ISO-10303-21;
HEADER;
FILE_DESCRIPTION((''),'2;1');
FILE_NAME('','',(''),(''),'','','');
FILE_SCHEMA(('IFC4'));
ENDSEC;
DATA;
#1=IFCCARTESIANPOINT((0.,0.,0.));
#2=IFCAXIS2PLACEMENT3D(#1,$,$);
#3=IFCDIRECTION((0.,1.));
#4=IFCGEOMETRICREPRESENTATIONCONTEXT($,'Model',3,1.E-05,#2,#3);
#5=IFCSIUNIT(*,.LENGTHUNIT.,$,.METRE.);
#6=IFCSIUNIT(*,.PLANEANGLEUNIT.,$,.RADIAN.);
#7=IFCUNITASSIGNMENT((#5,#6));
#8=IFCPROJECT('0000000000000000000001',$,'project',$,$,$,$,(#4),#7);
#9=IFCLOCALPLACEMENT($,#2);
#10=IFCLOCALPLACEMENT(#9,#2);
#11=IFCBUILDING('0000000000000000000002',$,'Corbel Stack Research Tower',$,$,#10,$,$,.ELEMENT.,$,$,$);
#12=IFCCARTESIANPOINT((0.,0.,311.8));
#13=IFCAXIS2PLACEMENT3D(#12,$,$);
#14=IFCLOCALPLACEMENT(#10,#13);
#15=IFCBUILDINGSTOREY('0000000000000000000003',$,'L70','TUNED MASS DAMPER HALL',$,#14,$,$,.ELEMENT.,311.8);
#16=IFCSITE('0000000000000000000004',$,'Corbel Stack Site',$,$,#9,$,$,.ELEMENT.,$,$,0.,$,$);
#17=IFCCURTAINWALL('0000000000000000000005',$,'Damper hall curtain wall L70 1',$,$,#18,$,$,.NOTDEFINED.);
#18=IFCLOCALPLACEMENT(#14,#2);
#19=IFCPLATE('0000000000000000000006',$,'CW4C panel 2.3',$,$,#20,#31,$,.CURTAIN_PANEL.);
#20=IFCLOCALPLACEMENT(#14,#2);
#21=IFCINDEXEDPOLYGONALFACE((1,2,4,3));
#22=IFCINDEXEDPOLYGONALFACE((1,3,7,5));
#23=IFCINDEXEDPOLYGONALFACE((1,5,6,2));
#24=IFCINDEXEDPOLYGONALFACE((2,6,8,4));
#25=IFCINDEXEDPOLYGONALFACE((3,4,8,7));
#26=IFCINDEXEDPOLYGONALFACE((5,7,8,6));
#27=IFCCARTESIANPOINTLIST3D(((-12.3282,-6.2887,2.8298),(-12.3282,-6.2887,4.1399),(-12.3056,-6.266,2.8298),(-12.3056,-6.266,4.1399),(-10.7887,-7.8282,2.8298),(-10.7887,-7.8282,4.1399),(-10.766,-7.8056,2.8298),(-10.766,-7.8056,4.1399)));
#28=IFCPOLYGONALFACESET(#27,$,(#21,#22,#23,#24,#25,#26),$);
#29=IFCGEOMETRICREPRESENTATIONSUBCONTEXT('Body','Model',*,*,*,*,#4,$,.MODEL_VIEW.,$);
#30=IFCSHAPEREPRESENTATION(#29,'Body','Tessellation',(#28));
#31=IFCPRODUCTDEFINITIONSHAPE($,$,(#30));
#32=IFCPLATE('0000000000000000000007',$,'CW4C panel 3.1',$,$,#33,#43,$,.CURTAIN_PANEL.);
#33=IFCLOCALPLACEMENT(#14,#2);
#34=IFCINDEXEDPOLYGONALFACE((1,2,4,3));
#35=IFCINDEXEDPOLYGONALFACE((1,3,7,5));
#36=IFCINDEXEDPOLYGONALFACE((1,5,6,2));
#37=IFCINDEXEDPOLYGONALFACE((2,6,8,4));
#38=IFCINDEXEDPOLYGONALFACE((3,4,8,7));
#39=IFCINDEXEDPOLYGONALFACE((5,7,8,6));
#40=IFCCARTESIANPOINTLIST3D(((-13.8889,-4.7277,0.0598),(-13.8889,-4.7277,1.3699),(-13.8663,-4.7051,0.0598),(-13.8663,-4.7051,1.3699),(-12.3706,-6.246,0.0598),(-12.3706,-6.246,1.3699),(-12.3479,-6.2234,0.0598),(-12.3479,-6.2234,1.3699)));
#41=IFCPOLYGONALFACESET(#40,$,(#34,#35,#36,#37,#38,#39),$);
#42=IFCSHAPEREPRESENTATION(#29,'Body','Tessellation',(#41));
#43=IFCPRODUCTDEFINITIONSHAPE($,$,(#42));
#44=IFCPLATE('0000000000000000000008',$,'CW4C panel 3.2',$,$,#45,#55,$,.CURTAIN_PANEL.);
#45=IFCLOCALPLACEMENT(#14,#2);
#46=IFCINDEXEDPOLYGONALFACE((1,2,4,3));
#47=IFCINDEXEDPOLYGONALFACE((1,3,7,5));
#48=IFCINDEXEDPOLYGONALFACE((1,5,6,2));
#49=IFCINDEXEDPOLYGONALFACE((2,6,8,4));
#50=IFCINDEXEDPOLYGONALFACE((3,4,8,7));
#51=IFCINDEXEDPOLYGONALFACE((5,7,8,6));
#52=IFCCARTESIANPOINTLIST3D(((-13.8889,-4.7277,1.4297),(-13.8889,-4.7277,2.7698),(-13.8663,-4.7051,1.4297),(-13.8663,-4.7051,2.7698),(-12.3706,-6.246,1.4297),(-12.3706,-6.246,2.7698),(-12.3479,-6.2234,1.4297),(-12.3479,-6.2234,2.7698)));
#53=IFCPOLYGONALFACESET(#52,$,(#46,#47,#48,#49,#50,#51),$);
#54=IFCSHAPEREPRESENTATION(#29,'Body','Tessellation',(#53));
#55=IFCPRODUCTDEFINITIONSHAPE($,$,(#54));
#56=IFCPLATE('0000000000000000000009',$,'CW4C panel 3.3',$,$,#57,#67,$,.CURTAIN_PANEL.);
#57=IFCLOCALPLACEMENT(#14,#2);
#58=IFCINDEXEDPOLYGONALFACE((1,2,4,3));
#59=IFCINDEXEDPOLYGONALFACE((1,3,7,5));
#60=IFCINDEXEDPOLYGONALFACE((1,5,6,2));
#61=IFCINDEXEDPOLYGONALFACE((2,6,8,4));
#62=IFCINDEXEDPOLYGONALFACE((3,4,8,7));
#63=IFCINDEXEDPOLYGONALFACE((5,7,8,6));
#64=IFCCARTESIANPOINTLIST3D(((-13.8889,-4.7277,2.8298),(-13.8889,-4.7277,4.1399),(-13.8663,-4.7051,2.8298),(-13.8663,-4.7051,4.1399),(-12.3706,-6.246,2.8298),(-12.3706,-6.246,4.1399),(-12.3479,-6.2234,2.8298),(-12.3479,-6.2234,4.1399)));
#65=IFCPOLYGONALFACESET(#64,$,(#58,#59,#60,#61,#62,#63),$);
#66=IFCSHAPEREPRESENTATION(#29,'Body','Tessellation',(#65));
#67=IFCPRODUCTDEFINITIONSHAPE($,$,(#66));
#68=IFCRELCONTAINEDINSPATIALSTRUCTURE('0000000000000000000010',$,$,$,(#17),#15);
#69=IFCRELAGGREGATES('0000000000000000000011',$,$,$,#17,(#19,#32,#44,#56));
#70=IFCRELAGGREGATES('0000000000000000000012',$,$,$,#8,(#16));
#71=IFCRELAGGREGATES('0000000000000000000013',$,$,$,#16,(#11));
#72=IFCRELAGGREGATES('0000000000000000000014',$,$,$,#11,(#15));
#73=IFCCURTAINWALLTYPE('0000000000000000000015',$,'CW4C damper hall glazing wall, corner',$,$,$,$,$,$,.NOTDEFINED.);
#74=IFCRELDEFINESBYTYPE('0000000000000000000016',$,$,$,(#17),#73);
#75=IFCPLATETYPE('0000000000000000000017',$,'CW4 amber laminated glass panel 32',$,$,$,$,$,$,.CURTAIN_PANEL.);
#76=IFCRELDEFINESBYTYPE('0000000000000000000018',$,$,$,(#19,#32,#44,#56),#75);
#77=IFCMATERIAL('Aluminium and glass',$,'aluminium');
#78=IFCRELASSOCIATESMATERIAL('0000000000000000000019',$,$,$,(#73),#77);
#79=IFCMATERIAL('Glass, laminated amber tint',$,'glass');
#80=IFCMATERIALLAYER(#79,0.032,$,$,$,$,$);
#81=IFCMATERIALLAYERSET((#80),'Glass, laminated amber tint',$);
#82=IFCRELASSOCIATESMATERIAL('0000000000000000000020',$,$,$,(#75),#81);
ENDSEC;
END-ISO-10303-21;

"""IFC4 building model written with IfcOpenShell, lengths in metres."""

from ifc_helpers import new_model, si_unit, direction, frame, origin, origin_2d, place, context, subcontext, project, spatial, rectangle, extrude, material, layer, layer_set, type_object, element, aggregate, save


model = new_model("IFC4")

# Units and contexts
model_context = context("Model", 3, precision=1e-05, world=origin(), true_north=direction((0.0, 1.0)))
body_context = subcontext(model_context, "Body", "Model", "MODEL_VIEW")
ifc_project = project(units=[si_unit("LENGTHUNIT", "METRE"), si_unit("PLANEANGLEUNIT", "RADIAN")], contexts=[model_context])

# Site, building, storey
site_placement = place(None, origin())
site = spatial("IfcSite", under=ifc_project, at=site_placement, Name="Corbel Stack Site", CompositionType="ELEMENT", RefElevation=0.0)
building_placement = place(site_placement, origin())
building = spatial("IfcBuilding", under=site, at=building_placement, Name="Corbel Stack Research Tower", CompositionType="ELEMENT")
storey_placement = place(building_placement, frame((0.0, 0.0, 311.8)))
storey = spatial("IfcBuildingStorey", under=building, at=storey_placement, Name="L70", Description="TUNED MASS DAMPER HALL", CompositionType="ELEMENT", Elevation=311.8)

# Curtain wall
ifc_material_1 = material(Name="Aluminium and glass", Category="aluminium")
curtain_wall_type = type_object("IfcCurtainWallType", Name="CW4C damper hall glazing wall, corner", PredefinedType="NOTDEFINED", material=ifc_material_1)
curtain_wall_1_placement = place(storey_placement, origin())
curtain_wall_1 = element("IfcCurtainWall", 1, at=curtain_wall_1_placement, inside=storey, type_object=curtain_wall_type, Name="Damper hall curtain wall L70 1", PredefinedType="NOTDEFINED")

# Plates
ifc_material_2 = material(Name="Glass, laminated amber tint", Category="glass")
ifc_layer = layer(ifc_material_2, 0.032)
ifc_layer_set = layer_set([ifc_layer], Name="Glass, laminated amber tint")
plate_type = type_object("IfcPlateType", Name="CW4 amber laminated glass panel 32", PredefinedType="CURTAIN_PANEL", material=ifc_layer_set)
plate_1_placement = place(storey_placement, frame((-11.5471, -7.0471, 2.8298), z_axis=(0.0, 0.0, 1.0), x_axis=(-0.707107, 0.707107, 0.0)))
plate_1 = element("IfcPlate", 2, at=plate_1_placement, type_object=plate_type, Name="CW4C panel 2.3", PredefinedType="CURTAIN_PANEL", context=body_context, shape_type="SweptSolid", body=[
    extrude(rectangle(XDim=2.1772, YDim=0.032, at=origin_2d()), origin(), (0.0, 0.0, 1.0), 1.3101),
])
plate_2_placement = place(storey_placement, frame((-13.1184, -5.4756, 0.0598), z_axis=(0.0, 0.0, 1.0), x_axis=(-0.707107, 0.707107, 0.0)))
plate_2 = element("IfcPlate", 3, at=plate_2_placement, type_object=plate_type, Name="CW4C panel 3.1", PredefinedType="CURTAIN_PANEL", context=body_context, shape_type="SweptSolid", body=[
    extrude(rectangle(XDim=2.1472, YDim=0.032, at=origin_2d()), origin(), (0.0, 0.0, 1.0), 1.3101),
])
plate_3_placement = place(storey_placement, frame((-13.1184, -5.4756, 1.4297), z_axis=(0.0, 0.0, 1.0), x_axis=(-0.707107, 0.707107, 0.0)))
plate_3 = element("IfcPlate", 4, at=plate_3_placement, type_object=plate_type, Name="CW4C panel 3.2", PredefinedType="CURTAIN_PANEL", context=body_context, shape_type="SweptSolid", body=[
    extrude(rectangle(XDim=2.1472, YDim=0.032, at=origin_2d()), origin(), (0.0, 0.0, 1.0), 1.3401),
])
plate_4_placement = place(storey_placement, frame((-13.1184, -5.4756, 2.8298), z_axis=(0.0, 0.0, 1.0), x_axis=(-0.707107, 0.707107, 0.0)))
plate_4 = element("IfcPlate", 5, at=plate_4_placement, type_object=plate_type, Name="CW4C panel 3.3", PredefinedType="CURTAIN_PANEL", context=body_context, shape_type="SweptSolid", body=[
    extrude(rectangle(XDim=2.1472, YDim=0.032, at=origin_2d()), origin(), (0.0, 0.0, 1.0), 1.3101),
])
aggregate(curtain_wall_1, [plate_1, plate_2, plate_3, plate_4])

save(model, "model.ifc")
